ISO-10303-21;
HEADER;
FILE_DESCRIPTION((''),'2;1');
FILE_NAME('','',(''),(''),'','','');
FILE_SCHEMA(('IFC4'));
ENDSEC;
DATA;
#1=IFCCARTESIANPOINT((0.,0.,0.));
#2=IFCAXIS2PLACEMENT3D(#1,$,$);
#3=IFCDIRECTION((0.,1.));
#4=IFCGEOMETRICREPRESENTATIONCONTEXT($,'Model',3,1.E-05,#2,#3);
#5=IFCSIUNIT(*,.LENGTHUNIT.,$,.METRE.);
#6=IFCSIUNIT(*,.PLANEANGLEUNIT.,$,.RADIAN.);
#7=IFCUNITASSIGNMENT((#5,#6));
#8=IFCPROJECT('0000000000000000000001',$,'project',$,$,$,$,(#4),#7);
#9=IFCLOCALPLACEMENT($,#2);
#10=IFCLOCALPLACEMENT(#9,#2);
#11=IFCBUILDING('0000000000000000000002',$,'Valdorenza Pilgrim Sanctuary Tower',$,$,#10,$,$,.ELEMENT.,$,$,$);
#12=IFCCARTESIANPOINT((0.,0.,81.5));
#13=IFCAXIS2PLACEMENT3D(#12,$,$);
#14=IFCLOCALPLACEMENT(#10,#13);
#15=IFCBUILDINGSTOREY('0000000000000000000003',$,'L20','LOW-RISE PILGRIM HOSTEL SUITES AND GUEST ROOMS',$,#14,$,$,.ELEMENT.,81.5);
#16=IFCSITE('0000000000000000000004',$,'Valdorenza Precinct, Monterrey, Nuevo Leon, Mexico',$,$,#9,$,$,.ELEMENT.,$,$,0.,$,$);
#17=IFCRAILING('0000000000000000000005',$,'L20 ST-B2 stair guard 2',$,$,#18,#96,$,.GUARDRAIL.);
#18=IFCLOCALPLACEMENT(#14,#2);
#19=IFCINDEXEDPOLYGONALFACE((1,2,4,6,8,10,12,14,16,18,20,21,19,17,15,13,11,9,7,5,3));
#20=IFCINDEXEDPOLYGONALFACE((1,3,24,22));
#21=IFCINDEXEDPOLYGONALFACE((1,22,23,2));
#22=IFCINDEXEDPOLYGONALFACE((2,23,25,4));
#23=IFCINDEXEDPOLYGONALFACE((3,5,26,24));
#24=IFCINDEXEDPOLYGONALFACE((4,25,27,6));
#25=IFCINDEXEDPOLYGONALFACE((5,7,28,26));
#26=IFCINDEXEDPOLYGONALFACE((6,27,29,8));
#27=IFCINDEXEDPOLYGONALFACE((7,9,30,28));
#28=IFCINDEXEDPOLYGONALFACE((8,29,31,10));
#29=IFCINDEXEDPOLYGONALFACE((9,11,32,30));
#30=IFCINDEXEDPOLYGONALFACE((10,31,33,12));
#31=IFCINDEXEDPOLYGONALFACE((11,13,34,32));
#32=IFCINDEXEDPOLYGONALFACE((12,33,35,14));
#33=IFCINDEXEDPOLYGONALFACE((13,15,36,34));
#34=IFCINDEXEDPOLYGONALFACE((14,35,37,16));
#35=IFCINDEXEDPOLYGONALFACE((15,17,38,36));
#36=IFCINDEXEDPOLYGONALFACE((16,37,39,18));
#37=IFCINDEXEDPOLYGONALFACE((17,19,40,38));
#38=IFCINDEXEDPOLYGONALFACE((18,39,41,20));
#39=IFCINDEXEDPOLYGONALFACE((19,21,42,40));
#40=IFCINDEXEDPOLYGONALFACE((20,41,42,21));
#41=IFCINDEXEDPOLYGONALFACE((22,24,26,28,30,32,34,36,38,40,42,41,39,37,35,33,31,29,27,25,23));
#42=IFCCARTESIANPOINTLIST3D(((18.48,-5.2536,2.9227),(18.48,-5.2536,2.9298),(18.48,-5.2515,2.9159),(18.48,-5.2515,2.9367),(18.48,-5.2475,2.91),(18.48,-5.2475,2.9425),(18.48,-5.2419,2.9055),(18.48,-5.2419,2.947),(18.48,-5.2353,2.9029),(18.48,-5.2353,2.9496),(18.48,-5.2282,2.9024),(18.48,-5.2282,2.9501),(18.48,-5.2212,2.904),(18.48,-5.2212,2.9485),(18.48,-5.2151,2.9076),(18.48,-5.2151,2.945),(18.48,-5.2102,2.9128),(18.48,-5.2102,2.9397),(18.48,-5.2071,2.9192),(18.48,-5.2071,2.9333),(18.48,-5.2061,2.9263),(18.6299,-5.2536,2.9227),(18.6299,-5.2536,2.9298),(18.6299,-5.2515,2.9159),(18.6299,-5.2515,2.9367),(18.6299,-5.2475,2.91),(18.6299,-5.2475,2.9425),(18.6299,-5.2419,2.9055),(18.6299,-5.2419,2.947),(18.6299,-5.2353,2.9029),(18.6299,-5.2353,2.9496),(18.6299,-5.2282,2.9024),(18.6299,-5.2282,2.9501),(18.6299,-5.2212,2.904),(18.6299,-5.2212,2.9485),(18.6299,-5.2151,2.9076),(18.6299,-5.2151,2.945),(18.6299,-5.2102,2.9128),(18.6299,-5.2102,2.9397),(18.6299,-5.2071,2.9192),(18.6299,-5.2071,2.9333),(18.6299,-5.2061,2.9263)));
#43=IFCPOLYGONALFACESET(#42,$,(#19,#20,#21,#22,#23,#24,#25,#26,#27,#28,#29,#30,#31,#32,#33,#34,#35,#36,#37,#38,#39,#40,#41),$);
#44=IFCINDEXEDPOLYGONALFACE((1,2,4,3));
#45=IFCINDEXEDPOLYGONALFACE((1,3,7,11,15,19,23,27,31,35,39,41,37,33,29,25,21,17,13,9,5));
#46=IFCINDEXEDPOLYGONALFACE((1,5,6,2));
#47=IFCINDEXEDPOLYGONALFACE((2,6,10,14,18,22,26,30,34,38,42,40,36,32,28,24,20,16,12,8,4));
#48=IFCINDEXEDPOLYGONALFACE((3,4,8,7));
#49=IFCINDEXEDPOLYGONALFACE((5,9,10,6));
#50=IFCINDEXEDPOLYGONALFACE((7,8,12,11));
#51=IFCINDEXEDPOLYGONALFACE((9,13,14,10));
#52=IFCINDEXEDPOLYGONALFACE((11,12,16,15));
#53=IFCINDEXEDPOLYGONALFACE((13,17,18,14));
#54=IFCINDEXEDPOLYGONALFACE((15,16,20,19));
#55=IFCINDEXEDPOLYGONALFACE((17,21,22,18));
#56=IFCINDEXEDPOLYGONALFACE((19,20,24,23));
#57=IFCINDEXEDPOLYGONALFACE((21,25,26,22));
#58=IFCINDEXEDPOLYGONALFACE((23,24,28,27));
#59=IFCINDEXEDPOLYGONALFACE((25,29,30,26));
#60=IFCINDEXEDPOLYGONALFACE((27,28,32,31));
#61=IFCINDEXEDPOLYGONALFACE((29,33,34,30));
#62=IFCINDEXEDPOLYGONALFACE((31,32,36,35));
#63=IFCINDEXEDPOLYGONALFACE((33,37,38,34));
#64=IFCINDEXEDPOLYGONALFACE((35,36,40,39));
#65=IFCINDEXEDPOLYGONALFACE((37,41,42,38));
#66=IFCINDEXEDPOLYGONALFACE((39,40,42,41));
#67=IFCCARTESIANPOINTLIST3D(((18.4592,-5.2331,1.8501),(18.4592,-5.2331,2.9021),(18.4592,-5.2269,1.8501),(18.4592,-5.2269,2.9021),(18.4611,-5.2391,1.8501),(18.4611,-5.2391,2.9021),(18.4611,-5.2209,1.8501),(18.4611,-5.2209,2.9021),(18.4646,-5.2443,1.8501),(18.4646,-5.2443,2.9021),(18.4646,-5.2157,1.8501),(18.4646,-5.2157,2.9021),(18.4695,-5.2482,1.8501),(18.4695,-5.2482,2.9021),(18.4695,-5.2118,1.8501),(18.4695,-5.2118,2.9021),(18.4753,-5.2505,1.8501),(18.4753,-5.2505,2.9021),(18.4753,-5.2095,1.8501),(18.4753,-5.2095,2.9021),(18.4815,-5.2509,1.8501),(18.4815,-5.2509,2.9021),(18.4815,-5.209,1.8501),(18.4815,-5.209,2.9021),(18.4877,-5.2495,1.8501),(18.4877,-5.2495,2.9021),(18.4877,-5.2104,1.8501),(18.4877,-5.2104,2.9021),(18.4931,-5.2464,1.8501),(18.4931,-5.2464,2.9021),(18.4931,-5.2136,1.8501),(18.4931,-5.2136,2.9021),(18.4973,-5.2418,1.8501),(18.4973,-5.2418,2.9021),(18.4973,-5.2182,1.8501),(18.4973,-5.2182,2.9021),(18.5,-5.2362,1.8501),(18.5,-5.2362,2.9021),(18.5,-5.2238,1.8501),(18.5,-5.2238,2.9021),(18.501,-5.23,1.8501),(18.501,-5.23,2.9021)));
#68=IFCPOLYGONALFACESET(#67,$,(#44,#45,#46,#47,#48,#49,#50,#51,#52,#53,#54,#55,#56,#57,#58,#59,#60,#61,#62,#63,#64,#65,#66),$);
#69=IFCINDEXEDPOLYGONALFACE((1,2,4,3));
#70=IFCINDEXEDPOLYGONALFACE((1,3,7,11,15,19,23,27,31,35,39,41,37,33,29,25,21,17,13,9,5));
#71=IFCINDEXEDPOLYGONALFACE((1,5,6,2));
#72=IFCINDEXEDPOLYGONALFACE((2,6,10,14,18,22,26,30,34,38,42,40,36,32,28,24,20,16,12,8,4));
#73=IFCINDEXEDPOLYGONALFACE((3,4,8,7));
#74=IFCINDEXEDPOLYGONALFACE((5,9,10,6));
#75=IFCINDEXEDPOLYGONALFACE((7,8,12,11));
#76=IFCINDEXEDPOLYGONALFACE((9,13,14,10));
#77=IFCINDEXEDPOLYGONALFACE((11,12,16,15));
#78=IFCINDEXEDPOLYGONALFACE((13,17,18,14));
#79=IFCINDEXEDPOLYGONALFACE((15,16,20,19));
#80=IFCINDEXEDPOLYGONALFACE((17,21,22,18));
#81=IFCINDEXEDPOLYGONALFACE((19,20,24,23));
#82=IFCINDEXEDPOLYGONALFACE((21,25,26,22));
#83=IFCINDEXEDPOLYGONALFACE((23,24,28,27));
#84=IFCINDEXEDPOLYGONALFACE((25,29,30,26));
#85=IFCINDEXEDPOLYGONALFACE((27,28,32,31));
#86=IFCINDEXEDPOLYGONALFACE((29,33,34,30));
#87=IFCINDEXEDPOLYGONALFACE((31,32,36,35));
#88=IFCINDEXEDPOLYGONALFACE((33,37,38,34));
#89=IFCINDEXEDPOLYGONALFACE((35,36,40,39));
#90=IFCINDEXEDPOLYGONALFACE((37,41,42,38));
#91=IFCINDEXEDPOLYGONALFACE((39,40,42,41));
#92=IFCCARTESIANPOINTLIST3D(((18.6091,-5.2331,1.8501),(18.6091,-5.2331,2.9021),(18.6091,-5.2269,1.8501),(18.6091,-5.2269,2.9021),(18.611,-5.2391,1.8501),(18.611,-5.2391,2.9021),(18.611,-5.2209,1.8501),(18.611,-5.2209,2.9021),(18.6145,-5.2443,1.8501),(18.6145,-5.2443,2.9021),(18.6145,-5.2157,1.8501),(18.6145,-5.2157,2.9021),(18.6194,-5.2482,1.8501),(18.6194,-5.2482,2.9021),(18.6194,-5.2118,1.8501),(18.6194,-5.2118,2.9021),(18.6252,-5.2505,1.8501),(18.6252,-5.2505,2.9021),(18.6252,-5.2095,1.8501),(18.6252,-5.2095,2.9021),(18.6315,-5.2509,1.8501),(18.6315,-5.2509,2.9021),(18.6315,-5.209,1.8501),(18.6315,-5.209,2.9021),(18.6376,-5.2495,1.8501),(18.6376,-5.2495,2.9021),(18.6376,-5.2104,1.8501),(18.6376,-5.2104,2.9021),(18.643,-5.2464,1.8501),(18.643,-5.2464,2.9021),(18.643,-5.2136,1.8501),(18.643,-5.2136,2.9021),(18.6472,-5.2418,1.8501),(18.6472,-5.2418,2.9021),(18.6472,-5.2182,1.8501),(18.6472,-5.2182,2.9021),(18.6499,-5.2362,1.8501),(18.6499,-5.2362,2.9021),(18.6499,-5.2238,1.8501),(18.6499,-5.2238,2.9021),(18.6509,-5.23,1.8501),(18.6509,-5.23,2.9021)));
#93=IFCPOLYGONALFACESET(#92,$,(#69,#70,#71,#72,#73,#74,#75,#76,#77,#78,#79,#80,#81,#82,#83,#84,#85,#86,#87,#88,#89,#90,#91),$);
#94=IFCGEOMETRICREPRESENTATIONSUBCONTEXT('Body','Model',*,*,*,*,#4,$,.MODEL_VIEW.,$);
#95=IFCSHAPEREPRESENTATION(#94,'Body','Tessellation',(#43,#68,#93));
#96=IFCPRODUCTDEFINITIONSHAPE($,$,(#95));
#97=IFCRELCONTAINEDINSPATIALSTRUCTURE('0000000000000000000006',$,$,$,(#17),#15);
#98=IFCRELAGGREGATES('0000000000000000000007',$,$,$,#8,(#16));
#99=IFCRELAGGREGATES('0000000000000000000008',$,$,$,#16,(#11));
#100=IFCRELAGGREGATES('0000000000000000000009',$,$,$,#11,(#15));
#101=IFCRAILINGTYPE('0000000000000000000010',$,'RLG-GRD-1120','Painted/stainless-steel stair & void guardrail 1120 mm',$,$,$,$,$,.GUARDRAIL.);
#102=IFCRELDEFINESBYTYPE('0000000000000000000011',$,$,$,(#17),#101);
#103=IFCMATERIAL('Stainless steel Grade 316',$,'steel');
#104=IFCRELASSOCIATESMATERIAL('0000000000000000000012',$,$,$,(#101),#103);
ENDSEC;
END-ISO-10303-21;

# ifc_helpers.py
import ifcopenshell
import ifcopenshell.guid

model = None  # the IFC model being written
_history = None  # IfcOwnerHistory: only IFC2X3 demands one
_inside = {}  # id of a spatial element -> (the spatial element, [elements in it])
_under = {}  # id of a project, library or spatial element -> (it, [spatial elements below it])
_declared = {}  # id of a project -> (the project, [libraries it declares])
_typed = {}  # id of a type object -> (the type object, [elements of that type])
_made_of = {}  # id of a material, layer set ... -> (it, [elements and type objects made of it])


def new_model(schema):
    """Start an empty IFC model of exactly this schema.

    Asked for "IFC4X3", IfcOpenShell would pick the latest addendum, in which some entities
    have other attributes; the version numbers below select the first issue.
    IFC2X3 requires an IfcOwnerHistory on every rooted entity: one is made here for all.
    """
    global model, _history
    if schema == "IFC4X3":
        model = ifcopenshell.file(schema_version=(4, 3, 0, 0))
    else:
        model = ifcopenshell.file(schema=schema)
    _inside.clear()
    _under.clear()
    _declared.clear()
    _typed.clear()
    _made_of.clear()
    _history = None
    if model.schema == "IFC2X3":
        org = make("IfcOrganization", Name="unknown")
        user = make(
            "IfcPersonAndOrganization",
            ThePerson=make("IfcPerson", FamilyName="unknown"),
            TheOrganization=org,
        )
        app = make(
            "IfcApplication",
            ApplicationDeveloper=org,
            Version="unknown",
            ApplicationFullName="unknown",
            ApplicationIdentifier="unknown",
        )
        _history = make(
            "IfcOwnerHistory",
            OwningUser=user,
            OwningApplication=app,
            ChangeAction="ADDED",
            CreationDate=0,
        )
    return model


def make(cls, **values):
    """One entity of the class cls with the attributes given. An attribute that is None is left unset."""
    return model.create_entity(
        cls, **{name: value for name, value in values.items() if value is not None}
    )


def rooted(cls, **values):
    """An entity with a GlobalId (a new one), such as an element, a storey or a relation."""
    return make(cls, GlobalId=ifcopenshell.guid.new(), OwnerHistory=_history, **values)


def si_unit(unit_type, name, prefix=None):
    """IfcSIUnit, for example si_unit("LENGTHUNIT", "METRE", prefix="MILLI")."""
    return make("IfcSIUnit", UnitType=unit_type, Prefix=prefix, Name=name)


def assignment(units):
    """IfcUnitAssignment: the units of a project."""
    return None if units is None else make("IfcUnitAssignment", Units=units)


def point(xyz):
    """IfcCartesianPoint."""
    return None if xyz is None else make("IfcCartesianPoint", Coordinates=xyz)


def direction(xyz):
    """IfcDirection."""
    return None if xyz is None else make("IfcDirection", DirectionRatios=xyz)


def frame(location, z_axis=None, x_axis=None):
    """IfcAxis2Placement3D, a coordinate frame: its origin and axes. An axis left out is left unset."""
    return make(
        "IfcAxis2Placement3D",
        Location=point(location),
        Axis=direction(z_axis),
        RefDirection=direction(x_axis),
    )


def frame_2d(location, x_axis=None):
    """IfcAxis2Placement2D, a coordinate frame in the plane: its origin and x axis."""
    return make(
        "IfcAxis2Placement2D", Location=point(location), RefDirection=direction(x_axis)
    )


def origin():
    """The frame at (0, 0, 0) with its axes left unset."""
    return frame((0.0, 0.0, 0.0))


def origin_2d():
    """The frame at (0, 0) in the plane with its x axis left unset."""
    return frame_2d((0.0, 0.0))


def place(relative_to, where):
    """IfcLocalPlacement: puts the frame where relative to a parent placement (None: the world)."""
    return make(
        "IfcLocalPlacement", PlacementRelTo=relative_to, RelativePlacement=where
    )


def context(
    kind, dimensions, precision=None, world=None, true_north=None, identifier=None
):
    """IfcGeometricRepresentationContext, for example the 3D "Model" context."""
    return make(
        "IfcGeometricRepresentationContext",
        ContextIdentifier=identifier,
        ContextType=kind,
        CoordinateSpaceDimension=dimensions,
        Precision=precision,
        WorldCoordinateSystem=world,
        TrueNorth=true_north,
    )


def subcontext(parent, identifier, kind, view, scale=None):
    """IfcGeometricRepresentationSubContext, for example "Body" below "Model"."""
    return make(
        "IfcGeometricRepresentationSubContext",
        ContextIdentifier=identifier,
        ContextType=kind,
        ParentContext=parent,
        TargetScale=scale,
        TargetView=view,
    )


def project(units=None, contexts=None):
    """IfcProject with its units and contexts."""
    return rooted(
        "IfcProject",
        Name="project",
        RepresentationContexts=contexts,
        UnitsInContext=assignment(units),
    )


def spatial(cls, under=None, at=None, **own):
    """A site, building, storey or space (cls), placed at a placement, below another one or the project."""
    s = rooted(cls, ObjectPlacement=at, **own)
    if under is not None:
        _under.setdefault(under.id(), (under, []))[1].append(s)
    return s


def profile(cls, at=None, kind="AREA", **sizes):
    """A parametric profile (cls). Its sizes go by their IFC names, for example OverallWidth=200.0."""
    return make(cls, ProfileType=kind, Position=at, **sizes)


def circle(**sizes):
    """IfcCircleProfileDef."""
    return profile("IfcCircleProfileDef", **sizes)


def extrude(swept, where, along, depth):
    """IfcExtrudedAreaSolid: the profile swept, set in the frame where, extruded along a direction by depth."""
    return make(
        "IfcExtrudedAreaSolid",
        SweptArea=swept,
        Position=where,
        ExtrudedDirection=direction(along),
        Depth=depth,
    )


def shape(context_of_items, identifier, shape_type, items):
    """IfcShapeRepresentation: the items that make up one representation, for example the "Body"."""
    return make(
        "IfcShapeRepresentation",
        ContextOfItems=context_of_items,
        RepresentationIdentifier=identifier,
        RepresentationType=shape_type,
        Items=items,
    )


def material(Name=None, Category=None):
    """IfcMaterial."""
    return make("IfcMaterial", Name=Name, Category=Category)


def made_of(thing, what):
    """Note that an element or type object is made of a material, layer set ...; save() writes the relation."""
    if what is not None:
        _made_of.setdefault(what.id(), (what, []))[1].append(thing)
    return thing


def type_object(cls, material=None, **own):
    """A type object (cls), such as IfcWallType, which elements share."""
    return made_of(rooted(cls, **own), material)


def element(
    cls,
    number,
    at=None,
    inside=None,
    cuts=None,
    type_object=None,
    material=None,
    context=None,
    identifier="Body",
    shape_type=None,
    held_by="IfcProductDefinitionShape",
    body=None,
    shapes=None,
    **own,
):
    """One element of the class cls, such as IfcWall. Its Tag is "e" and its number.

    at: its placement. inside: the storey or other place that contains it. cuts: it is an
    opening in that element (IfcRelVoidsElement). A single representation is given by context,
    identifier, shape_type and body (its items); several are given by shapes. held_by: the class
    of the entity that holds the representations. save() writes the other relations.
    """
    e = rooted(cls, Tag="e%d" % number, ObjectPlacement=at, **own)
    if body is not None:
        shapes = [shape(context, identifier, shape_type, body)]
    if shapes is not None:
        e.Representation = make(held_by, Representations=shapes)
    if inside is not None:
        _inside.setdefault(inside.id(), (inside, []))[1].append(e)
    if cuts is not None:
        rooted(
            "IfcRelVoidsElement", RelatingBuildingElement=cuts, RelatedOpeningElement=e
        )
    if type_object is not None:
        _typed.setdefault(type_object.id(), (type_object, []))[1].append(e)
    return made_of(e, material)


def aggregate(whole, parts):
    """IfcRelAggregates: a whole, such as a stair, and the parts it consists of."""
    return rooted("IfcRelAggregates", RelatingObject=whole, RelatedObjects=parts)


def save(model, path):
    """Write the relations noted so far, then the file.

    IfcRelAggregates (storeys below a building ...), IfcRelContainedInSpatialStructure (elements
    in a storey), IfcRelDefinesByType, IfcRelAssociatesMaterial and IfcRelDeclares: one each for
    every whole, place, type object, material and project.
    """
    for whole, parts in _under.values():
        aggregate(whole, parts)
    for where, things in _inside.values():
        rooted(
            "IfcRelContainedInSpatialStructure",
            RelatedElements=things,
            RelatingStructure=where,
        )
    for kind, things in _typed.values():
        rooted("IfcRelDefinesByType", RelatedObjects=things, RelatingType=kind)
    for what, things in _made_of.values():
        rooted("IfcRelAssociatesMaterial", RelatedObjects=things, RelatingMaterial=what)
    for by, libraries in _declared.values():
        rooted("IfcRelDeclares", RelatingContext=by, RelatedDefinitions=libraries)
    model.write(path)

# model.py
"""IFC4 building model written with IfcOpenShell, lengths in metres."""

from ifc_helpers import new_model, si_unit, direction, frame, origin, origin_2d, place, context, subcontext, project, spatial, circle, extrude, material, type_object, element, save


model = new_model("IFC4")

# Units and contexts
model_context = context("Model", 3, precision=1e-05, world=origin(), true_north=direction((0.0, 1.0)))
body_context = subcontext(model_context, "Body", "Model", "MODEL_VIEW")
ifc_project = project(units=[si_unit("LENGTHUNIT", "METRE"), si_unit("PLANEANGLEUNIT", "RADIAN")], contexts=[model_context])

# Site, building, storey
site_placement = place(None, origin())
site = spatial("IfcSite", under=ifc_project, at=site_placement, Name="Valdorenza Precinct, Monterrey, Nuevo Leon, Mexico", CompositionType="ELEMENT", RefElevation=0.0)
building_placement = place(site_placement, origin())
building = spatial("IfcBuilding", under=site, at=building_placement, Name="Valdorenza Pilgrim Sanctuary Tower", CompositionType="ELEMENT")
storey_placement = place(building_placement, frame((0.0, 0.0, 81.5)))
storey = spatial("IfcBuildingStorey", under=building, at=storey_placement, Name="L20", Description="LOW-RISE PILGRIM HOSTEL SUITES AND GUEST ROOMS", CompositionType="ELEMENT", Elevation=81.5)

# Railing
ifc_material_1 = material(Name="Stainless steel Grade 316", Category="steel")
railing_type_1 = type_object("IfcRailingType", Name="RLG-GRD-1120", Description="Painted/stainless-steel stair & void guardrail 1120 mm", PredefinedType="GUARDRAIL", material=ifc_material_1)
railing_1_placement = place(storey_placement, frame((18.48, -5.23, 1.8501)))
element("IfcRailing", 1, at=railing_1_placement, inside=storey, type_object=railing_type_1, Name="L20 ST-B2 stair guard 2", PredefinedType="GUARDRAIL", context=body_context, shape_type="SweptSolid", body=[
    extrude(circle(Radius=0.0239, at=origin_2d()), frame((0.0, 0.0, 1.0762), z_axis=(1.0, 0.0, 0.0), x_axis=(0.0, 1.0, 0.0)), (0.0, 0.0, 1.0), 0.1499),
    extrude(circle(Radius=0.021, at=origin_2d()), origin(), (0.0, 0.0, 1.0), 1.052),
    extrude(circle(Radius=0.021, at=origin_2d()), frame((0.1499, 0.0, 0.0)), (0.0, 0.0, 1.0), 1.052),
])

save(model, "model.ifc")
